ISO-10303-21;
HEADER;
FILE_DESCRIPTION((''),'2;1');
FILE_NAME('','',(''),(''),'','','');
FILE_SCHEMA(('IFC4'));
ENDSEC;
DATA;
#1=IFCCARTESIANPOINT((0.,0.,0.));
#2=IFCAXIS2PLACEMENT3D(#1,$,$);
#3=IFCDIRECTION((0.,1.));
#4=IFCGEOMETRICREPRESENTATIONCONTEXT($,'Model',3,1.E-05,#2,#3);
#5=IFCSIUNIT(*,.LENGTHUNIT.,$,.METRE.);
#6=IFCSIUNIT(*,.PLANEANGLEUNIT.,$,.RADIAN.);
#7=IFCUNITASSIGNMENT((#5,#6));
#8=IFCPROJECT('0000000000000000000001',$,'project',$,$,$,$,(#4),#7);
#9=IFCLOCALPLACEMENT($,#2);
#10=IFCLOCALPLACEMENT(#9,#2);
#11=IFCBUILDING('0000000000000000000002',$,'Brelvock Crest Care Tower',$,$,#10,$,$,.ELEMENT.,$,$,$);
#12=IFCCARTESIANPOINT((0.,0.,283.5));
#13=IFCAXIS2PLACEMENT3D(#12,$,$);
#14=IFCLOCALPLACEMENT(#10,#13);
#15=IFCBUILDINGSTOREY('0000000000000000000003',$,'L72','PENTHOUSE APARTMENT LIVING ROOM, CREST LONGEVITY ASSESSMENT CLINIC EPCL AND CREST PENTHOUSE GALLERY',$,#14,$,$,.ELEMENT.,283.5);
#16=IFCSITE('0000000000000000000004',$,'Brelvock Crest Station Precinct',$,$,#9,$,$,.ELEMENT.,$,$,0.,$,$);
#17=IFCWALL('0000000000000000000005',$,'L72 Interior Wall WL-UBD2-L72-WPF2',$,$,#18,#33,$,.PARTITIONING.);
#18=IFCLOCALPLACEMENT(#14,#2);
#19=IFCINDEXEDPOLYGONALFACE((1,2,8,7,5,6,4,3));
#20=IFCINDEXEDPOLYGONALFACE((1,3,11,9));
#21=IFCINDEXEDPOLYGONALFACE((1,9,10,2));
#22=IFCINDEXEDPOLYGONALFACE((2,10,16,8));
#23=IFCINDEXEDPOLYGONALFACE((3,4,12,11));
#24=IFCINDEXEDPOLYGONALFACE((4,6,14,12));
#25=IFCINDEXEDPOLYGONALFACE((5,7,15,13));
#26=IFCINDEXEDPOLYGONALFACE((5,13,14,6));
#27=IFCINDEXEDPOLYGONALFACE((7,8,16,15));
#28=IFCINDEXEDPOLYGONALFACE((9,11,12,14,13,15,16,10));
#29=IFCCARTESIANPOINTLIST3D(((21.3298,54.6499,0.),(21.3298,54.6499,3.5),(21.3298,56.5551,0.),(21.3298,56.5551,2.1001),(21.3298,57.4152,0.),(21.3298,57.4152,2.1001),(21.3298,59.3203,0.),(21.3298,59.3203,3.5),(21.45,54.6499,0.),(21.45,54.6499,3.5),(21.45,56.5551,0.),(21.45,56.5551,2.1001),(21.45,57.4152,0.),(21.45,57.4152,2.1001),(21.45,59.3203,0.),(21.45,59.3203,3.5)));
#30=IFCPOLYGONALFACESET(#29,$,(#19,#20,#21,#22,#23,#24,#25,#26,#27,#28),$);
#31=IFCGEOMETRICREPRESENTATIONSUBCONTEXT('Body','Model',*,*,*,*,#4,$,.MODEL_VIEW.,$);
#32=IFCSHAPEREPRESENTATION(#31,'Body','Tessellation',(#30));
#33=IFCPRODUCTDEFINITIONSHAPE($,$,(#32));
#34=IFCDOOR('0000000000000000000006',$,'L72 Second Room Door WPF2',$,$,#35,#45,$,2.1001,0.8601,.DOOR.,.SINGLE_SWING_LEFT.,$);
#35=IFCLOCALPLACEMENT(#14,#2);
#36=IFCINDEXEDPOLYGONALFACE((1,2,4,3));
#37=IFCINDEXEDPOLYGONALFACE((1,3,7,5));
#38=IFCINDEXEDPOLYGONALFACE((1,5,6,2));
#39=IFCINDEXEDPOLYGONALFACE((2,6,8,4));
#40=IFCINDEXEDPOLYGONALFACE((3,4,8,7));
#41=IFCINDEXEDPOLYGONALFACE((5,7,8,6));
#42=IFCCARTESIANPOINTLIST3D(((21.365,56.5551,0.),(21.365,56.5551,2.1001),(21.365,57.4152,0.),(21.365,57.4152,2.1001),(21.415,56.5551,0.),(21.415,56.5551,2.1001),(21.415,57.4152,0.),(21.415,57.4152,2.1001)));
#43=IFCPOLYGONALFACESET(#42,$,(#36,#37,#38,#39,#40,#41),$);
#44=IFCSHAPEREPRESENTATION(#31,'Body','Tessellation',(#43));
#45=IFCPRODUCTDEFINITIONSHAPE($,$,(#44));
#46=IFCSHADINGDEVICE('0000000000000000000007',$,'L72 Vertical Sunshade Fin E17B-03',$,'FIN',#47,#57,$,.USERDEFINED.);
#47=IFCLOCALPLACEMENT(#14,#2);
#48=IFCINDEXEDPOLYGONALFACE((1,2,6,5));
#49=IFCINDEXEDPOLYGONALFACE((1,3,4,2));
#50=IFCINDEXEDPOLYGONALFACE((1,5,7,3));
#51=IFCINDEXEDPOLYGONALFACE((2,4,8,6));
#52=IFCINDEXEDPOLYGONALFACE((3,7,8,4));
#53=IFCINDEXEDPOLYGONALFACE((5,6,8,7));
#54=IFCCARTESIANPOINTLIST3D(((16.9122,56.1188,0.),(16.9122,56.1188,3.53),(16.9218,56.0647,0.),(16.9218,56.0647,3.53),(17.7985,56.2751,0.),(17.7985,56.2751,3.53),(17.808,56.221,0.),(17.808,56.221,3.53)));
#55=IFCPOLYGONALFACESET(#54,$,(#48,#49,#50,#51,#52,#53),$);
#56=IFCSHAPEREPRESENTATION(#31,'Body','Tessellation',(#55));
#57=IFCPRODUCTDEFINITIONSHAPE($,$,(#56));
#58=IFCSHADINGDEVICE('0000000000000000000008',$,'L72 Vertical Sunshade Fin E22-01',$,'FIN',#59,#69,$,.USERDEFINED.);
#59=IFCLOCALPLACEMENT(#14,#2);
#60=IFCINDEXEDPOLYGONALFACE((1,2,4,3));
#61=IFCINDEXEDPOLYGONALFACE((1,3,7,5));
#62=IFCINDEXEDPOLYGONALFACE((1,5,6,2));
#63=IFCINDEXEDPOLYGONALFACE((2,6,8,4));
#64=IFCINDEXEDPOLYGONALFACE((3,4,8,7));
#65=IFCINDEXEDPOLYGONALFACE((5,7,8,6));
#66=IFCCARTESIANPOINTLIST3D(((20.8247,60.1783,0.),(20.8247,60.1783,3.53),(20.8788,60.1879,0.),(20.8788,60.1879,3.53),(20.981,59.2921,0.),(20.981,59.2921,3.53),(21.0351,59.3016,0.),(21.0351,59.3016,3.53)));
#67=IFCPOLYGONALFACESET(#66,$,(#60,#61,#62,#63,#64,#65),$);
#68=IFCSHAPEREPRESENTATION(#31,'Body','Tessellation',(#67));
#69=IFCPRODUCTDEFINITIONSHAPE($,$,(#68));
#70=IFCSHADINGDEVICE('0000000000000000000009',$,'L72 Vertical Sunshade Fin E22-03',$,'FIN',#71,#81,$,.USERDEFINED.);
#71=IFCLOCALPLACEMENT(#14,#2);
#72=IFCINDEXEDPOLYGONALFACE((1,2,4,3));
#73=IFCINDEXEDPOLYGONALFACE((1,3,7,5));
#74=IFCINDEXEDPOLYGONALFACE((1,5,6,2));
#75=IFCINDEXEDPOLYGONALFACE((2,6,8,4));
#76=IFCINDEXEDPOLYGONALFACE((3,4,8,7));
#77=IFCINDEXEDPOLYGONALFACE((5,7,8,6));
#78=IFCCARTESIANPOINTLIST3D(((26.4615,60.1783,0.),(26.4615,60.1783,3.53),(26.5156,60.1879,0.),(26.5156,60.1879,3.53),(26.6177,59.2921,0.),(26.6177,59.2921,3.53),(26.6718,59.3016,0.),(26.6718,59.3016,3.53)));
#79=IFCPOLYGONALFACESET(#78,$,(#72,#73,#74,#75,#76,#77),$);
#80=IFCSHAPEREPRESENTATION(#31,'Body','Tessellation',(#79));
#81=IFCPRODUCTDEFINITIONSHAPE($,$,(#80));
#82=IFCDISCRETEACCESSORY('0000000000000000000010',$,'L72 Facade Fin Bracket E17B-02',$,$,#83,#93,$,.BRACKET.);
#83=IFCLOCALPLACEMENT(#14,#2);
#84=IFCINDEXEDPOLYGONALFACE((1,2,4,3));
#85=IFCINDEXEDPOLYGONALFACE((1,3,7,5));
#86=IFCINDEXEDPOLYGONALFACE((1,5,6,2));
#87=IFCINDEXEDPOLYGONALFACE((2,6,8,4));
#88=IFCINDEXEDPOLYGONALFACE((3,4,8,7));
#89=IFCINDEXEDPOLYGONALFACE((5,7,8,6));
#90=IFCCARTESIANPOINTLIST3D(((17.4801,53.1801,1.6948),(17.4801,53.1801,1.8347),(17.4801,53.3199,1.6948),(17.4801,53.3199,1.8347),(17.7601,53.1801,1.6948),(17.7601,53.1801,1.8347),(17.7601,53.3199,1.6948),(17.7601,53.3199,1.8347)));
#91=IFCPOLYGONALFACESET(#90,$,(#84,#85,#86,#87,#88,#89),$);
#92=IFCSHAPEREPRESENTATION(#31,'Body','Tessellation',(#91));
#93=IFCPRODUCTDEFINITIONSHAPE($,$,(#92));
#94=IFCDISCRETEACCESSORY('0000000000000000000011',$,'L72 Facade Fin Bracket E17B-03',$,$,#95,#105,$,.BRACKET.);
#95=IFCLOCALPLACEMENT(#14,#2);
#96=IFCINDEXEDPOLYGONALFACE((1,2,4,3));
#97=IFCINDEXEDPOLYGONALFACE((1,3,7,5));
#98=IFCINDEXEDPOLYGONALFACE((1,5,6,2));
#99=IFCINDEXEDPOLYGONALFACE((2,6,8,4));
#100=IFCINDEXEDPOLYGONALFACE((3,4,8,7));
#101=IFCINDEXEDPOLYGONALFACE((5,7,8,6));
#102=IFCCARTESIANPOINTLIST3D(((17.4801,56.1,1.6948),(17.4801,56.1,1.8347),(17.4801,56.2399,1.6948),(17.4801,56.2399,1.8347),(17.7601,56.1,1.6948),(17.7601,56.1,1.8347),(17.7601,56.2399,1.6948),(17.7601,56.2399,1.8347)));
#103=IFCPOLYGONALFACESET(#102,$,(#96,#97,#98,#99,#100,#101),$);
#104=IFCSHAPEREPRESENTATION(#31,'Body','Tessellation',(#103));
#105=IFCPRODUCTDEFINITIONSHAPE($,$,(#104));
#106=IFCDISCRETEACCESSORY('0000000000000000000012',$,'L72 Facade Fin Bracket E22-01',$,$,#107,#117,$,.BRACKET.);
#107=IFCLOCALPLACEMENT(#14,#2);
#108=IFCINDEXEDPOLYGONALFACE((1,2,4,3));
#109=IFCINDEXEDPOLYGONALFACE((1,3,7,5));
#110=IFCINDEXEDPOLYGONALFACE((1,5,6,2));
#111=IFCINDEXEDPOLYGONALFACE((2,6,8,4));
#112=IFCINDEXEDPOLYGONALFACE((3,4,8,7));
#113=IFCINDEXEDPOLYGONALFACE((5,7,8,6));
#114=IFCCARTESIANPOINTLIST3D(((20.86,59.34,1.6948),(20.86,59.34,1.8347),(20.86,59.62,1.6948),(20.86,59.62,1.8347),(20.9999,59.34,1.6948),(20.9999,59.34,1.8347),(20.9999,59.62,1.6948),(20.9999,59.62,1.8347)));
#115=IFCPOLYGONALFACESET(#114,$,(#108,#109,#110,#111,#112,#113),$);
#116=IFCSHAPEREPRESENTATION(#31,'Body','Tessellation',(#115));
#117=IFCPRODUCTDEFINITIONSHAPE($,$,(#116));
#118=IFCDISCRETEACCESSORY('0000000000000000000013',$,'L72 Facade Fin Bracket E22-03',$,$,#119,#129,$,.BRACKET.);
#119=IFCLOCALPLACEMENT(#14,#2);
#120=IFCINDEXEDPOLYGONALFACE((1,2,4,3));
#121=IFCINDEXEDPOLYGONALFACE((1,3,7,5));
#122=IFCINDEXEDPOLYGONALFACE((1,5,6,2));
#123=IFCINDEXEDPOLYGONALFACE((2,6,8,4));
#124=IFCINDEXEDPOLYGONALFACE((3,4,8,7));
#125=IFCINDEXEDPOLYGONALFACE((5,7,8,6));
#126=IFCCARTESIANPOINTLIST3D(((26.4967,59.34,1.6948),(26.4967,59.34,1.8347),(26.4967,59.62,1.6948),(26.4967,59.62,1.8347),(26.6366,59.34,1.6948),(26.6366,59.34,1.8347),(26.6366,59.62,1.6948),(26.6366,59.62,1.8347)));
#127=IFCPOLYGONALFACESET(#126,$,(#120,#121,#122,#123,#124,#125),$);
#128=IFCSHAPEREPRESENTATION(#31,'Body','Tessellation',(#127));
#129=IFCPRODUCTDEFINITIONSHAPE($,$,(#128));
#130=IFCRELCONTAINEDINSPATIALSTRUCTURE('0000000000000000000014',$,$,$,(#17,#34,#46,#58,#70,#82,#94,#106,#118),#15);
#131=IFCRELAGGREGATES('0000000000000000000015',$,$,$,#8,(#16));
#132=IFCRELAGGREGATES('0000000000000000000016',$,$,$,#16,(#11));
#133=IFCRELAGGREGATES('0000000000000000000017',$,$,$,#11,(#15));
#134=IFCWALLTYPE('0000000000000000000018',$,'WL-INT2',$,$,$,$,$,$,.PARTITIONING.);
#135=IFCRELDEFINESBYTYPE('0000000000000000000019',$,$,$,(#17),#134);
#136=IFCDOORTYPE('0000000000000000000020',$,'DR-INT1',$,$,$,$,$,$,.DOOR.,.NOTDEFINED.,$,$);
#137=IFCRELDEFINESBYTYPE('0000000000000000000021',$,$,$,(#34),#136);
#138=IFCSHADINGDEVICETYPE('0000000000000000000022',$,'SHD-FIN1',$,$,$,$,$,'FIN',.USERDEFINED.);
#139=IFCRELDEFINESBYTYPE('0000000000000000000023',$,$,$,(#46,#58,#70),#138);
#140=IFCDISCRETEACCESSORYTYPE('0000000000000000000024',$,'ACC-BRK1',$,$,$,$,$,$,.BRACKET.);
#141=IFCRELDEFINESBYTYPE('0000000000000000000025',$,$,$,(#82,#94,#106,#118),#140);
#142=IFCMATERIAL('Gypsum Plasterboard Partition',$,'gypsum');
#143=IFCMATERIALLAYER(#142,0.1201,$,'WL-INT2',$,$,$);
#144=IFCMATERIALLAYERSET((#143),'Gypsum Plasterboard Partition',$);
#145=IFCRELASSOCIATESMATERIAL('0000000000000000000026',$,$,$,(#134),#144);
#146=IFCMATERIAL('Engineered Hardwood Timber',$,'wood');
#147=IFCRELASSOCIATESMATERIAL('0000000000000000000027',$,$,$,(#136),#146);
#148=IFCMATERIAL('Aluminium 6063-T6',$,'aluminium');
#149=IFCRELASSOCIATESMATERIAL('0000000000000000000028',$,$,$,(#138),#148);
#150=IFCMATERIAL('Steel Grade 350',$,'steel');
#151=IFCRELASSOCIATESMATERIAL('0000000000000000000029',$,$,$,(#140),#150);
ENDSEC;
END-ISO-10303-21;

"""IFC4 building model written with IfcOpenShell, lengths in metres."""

from ifc_helpers import new_model, si_unit, direction, frame, frame_2d, origin, origin_2d, place, context, subcontext, project, spatial, rectangle, extrude, source, transform, mapped, material, layer, layer_set, material_profile, profile_set, type_object, element, fill, save


model = new_model("IFC4")

# Units and contexts
model_context = context("Model", 3, precision=1e-05, world=origin(), true_north=direction((0.0, 1.0)))
body_context = subcontext(model_context, "Body", "Model", "MODEL_VIEW")
ifc_project = project(units=[si_unit("LENGTHUNIT", "METRE"), si_unit("PLANEANGLEUNIT", "RADIAN")], contexts=[model_context])

# Site, building, storey
site_placement = place(None, origin())
site = spatial("IfcSite", under=ifc_project, at=site_placement, Name="Brelvock Crest Station Precinct", CompositionType="ELEMENT", RefElevation=0.0)
building_placement = place(site_placement, origin())
building = spatial("IfcBuilding", under=site, at=building_placement, Name="Brelvock Crest Care Tower", CompositionType="ELEMENT")
storey_placement = place(building_placement, frame((0.0, 0.0, 283.5)))
storey = spatial("IfcBuildingStorey", under=building, at=storey_placement, Name="L72", Description="PENTHOUSE APARTMENT LIVING ROOM, CREST LONGEVITY ASSESSMENT CLINIC EPCL AND CREST PENTHOUSE GALLERY", CompositionType="ELEMENT", Elevation=283.5)

# Shared definitions
ifc_material_1 = material(Name="Steel Grade 350", Category="steel")

# Shared definitions
ifc_material_2 = material(Name="Aluminium 6063-T6", Category="aluminium")

# Shared definitions
ifc_material_3 = material(Name="Gypsum Plasterboard Partition", Category="gypsum")
ifc_layer_1 = layer(ifc_material_3, 0.1201, Name="WL-INT2")
ifc_layer_set_1 = layer_set([ifc_layer_1], Name="Gypsum Plasterboard Partition")
wall_type_1 = type_object("IfcWallType", Name="WL-INT2", PredefinedType="PARTITIONING", material=ifc_layer_set_1)

# Wall, opening, door
wall_1_placement = place(storey_placement, frame((21.3899, 54.6499, 0.0), z_axis=(0.0, 0.0, 1.0), x_axis=(0.0, 1.0, 0.0)))
wall_1 = element("IfcWall", 1, at=wall_1_placement, inside=storey, type_object=wall_type_1, Name="L72 Interior Wall WL-UBD2-L72-WPF2", PredefinedType="PARTITIONING", context=body_context, shape_type="SweptSolid", body=[
    extrude(rectangle(XDim=4.6704, YDim=0.1201, at=frame_2d((2.3352, 0.0))), origin(), (0.0, 0.0, 1.0), 3.5),
])
opening_placement = place(wall_1_placement, frame((1.905, 0.0, 0.0)))
opening = element("IfcOpeningElement", 2, at=opening_placement, cuts=wall_1, PredefinedType="OPENING", context=body_context, shape_type="SweptSolid", body=[
    extrude(rectangle(XDim=0.8601, YDim=2.1001, at=origin_2d()), frame((0.4302, 0.0701, 1.05), z_axis=(0.0, -1.0, 0.0), x_axis=(1.0, 0.0, 0.0)), (0.0, 0.0, 1.0), 0.1401),
])
ifc_material_4 = material(Name="Engineered Hardwood Timber", Category="wood")
door_type = type_object("IfcDoorType", Name="DR-INT1", OperationType="NOTDEFINED", PredefinedType="DOOR", material=ifc_material_4)
shared_shape_1 = source(origin(), body_context, "Body", "SweptSolid", [
    extrude(rectangle(XDim=0.8601, YDim=2.1001, at=origin_2d()), frame((0.4302, 0.0249, 1.05), z_axis=(0.0, -1.0, 0.0), x_axis=(1.0, 0.0, 0.0)), (0.0, 0.0, 1.0), 0.05),
])
door_placement = place(opening_placement, origin())
door = element("IfcDoor", 3, at=door_placement, inside=storey, type_object=door_type, Name="L72 Second Room Door WPF2", OperationType="SINGLE_SWING_LEFT", OverallHeight=2.1001, OverallWidth=0.8601, PredefinedType="DOOR", context=body_context, shape_type="MappedRepresentation", body=[
    mapped(shared_shape_1, transform((0.0, 0.0, 0.0), x_axis=(1.0, 0.0, 0.0), y_axis=(0.0, 1.0, 0.0), z_axis=(0.0, 0.0, 1.0), scale=1.0)),
])
fill(opening, door)

# Shading devices
ifc_material_profile_1 = material_profile(ifc_material_2, rectangle(XDim=0.0549, YDim=0.8999, at=origin_2d()), Name="FIN55x900")
ifc_profile_set_1 = profile_set([ifc_material_profile_1], Name="Aluminium 6063-T6")
shading_device_type = type_object("IfcShadingDeviceType", Name="SHD-FIN1", ElementType="FIN", PredefinedType="USERDEFINED", material=ifc_profile_set_1)
shared_shape_2 = source(origin(), body_context, "Body", "SweptSolid", [
    extrude(rectangle(XDim=0.0549, YDim=0.8999, at=origin_2d()), origin(), (0.0, 0.0, 1.0), 3.53),
])
for number, where, z_axis, x_axis, name in (
    (4, (17.3601, 56.1699, 0.0), (0.0, 0.0, 1.0), (-0.173648, 0.984808, 0.0), "L72 Vertical Sunshade Fin E17B-03"),
    (5, (20.9299, 59.74, 0.0), (0.0, 0.0, 1.0), (0.984808, 0.173648, 0.0), "L72 Vertical Sunshade Fin E22-01"),
    (6, (26.5667, 59.74, 0.0), (0.0, 0.0, 1.0), (0.984808, 0.173648, 0.0), "L72 Vertical Sunshade Fin E22-03"),
):
    element("IfcShadingDevice", number, at=place(storey_placement, frame(where, z_axis=z_axis, x_axis=x_axis)), inside=storey, type_object=shading_device_type, Name=name, ObjectType="FIN", PredefinedType="USERDEFINED", context=body_context, shape_type="MappedRepresentation", body=[
        mapped(shared_shape_2, transform((0.0, 0.0, 0.0), x_axis=(1.0, 0.0, 0.0), y_axis=(0.0, 1.0, 0.0), z_axis=(0.0, 0.0, 1.0), scale=1.0)),
    ])

# Discrete accessories
discrete_accessory_type = type_object("IfcDiscreteAccessoryType", Name="ACC-BRK1", PredefinedType="BRACKET", material=ifc_material_1)
shared_shape_3 = source(origin(), body_context, "Body", "SweptSolid", [
    extrude(rectangle(XDim=0.28, YDim=0.1399, at=origin_2d()), origin(), (0.0, 0.0, 1.0), 0.1399),
])
for number, where, z_axis, x_axis, name in (
    (7, (17.6201, 53.25, 1.6948), (0.0, 0.0, 1.0), (-1.0, 0.0, 0.0), "L72 Facade Fin Bracket E17B-02"),
    (8, (17.6201, 56.1699, 1.6948), (0.0, 0.0, 1.0), (-1.0, 0.0, 0.0), "L72 Facade Fin Bracket E17B-03"),
    (9, (20.9299, 59.48, 1.6948), (0.0, 0.0, 1.0), (0.0, 1.0, 0.0), "L72 Facade Fin Bracket E22-01"),
    (10, (26.5667, 59.48, 1.6948), (0.0, 0.0, 1.0), (0.0, 1.0, 0.0), "L72 Facade Fin Bracket E22-03"),
):
    element("IfcDiscreteAccessory", number, at=place(storey_placement, frame(where, z_axis=z_axis, x_axis=x_axis)), inside=storey, type_object=discrete_accessory_type, Name=name, PredefinedType="BRACKET", context=body_context, shape_type="MappedRepresentation", body=[
        mapped(shared_shape_3, transform((0.0, 0.0, 0.0), x_axis=(1.0, 0.0, 0.0), y_axis=(0.0, 1.0, 0.0), z_axis=(0.0, 0.0, 1.0), scale=1.0)),
    ])

save(model, "model.ifc")
